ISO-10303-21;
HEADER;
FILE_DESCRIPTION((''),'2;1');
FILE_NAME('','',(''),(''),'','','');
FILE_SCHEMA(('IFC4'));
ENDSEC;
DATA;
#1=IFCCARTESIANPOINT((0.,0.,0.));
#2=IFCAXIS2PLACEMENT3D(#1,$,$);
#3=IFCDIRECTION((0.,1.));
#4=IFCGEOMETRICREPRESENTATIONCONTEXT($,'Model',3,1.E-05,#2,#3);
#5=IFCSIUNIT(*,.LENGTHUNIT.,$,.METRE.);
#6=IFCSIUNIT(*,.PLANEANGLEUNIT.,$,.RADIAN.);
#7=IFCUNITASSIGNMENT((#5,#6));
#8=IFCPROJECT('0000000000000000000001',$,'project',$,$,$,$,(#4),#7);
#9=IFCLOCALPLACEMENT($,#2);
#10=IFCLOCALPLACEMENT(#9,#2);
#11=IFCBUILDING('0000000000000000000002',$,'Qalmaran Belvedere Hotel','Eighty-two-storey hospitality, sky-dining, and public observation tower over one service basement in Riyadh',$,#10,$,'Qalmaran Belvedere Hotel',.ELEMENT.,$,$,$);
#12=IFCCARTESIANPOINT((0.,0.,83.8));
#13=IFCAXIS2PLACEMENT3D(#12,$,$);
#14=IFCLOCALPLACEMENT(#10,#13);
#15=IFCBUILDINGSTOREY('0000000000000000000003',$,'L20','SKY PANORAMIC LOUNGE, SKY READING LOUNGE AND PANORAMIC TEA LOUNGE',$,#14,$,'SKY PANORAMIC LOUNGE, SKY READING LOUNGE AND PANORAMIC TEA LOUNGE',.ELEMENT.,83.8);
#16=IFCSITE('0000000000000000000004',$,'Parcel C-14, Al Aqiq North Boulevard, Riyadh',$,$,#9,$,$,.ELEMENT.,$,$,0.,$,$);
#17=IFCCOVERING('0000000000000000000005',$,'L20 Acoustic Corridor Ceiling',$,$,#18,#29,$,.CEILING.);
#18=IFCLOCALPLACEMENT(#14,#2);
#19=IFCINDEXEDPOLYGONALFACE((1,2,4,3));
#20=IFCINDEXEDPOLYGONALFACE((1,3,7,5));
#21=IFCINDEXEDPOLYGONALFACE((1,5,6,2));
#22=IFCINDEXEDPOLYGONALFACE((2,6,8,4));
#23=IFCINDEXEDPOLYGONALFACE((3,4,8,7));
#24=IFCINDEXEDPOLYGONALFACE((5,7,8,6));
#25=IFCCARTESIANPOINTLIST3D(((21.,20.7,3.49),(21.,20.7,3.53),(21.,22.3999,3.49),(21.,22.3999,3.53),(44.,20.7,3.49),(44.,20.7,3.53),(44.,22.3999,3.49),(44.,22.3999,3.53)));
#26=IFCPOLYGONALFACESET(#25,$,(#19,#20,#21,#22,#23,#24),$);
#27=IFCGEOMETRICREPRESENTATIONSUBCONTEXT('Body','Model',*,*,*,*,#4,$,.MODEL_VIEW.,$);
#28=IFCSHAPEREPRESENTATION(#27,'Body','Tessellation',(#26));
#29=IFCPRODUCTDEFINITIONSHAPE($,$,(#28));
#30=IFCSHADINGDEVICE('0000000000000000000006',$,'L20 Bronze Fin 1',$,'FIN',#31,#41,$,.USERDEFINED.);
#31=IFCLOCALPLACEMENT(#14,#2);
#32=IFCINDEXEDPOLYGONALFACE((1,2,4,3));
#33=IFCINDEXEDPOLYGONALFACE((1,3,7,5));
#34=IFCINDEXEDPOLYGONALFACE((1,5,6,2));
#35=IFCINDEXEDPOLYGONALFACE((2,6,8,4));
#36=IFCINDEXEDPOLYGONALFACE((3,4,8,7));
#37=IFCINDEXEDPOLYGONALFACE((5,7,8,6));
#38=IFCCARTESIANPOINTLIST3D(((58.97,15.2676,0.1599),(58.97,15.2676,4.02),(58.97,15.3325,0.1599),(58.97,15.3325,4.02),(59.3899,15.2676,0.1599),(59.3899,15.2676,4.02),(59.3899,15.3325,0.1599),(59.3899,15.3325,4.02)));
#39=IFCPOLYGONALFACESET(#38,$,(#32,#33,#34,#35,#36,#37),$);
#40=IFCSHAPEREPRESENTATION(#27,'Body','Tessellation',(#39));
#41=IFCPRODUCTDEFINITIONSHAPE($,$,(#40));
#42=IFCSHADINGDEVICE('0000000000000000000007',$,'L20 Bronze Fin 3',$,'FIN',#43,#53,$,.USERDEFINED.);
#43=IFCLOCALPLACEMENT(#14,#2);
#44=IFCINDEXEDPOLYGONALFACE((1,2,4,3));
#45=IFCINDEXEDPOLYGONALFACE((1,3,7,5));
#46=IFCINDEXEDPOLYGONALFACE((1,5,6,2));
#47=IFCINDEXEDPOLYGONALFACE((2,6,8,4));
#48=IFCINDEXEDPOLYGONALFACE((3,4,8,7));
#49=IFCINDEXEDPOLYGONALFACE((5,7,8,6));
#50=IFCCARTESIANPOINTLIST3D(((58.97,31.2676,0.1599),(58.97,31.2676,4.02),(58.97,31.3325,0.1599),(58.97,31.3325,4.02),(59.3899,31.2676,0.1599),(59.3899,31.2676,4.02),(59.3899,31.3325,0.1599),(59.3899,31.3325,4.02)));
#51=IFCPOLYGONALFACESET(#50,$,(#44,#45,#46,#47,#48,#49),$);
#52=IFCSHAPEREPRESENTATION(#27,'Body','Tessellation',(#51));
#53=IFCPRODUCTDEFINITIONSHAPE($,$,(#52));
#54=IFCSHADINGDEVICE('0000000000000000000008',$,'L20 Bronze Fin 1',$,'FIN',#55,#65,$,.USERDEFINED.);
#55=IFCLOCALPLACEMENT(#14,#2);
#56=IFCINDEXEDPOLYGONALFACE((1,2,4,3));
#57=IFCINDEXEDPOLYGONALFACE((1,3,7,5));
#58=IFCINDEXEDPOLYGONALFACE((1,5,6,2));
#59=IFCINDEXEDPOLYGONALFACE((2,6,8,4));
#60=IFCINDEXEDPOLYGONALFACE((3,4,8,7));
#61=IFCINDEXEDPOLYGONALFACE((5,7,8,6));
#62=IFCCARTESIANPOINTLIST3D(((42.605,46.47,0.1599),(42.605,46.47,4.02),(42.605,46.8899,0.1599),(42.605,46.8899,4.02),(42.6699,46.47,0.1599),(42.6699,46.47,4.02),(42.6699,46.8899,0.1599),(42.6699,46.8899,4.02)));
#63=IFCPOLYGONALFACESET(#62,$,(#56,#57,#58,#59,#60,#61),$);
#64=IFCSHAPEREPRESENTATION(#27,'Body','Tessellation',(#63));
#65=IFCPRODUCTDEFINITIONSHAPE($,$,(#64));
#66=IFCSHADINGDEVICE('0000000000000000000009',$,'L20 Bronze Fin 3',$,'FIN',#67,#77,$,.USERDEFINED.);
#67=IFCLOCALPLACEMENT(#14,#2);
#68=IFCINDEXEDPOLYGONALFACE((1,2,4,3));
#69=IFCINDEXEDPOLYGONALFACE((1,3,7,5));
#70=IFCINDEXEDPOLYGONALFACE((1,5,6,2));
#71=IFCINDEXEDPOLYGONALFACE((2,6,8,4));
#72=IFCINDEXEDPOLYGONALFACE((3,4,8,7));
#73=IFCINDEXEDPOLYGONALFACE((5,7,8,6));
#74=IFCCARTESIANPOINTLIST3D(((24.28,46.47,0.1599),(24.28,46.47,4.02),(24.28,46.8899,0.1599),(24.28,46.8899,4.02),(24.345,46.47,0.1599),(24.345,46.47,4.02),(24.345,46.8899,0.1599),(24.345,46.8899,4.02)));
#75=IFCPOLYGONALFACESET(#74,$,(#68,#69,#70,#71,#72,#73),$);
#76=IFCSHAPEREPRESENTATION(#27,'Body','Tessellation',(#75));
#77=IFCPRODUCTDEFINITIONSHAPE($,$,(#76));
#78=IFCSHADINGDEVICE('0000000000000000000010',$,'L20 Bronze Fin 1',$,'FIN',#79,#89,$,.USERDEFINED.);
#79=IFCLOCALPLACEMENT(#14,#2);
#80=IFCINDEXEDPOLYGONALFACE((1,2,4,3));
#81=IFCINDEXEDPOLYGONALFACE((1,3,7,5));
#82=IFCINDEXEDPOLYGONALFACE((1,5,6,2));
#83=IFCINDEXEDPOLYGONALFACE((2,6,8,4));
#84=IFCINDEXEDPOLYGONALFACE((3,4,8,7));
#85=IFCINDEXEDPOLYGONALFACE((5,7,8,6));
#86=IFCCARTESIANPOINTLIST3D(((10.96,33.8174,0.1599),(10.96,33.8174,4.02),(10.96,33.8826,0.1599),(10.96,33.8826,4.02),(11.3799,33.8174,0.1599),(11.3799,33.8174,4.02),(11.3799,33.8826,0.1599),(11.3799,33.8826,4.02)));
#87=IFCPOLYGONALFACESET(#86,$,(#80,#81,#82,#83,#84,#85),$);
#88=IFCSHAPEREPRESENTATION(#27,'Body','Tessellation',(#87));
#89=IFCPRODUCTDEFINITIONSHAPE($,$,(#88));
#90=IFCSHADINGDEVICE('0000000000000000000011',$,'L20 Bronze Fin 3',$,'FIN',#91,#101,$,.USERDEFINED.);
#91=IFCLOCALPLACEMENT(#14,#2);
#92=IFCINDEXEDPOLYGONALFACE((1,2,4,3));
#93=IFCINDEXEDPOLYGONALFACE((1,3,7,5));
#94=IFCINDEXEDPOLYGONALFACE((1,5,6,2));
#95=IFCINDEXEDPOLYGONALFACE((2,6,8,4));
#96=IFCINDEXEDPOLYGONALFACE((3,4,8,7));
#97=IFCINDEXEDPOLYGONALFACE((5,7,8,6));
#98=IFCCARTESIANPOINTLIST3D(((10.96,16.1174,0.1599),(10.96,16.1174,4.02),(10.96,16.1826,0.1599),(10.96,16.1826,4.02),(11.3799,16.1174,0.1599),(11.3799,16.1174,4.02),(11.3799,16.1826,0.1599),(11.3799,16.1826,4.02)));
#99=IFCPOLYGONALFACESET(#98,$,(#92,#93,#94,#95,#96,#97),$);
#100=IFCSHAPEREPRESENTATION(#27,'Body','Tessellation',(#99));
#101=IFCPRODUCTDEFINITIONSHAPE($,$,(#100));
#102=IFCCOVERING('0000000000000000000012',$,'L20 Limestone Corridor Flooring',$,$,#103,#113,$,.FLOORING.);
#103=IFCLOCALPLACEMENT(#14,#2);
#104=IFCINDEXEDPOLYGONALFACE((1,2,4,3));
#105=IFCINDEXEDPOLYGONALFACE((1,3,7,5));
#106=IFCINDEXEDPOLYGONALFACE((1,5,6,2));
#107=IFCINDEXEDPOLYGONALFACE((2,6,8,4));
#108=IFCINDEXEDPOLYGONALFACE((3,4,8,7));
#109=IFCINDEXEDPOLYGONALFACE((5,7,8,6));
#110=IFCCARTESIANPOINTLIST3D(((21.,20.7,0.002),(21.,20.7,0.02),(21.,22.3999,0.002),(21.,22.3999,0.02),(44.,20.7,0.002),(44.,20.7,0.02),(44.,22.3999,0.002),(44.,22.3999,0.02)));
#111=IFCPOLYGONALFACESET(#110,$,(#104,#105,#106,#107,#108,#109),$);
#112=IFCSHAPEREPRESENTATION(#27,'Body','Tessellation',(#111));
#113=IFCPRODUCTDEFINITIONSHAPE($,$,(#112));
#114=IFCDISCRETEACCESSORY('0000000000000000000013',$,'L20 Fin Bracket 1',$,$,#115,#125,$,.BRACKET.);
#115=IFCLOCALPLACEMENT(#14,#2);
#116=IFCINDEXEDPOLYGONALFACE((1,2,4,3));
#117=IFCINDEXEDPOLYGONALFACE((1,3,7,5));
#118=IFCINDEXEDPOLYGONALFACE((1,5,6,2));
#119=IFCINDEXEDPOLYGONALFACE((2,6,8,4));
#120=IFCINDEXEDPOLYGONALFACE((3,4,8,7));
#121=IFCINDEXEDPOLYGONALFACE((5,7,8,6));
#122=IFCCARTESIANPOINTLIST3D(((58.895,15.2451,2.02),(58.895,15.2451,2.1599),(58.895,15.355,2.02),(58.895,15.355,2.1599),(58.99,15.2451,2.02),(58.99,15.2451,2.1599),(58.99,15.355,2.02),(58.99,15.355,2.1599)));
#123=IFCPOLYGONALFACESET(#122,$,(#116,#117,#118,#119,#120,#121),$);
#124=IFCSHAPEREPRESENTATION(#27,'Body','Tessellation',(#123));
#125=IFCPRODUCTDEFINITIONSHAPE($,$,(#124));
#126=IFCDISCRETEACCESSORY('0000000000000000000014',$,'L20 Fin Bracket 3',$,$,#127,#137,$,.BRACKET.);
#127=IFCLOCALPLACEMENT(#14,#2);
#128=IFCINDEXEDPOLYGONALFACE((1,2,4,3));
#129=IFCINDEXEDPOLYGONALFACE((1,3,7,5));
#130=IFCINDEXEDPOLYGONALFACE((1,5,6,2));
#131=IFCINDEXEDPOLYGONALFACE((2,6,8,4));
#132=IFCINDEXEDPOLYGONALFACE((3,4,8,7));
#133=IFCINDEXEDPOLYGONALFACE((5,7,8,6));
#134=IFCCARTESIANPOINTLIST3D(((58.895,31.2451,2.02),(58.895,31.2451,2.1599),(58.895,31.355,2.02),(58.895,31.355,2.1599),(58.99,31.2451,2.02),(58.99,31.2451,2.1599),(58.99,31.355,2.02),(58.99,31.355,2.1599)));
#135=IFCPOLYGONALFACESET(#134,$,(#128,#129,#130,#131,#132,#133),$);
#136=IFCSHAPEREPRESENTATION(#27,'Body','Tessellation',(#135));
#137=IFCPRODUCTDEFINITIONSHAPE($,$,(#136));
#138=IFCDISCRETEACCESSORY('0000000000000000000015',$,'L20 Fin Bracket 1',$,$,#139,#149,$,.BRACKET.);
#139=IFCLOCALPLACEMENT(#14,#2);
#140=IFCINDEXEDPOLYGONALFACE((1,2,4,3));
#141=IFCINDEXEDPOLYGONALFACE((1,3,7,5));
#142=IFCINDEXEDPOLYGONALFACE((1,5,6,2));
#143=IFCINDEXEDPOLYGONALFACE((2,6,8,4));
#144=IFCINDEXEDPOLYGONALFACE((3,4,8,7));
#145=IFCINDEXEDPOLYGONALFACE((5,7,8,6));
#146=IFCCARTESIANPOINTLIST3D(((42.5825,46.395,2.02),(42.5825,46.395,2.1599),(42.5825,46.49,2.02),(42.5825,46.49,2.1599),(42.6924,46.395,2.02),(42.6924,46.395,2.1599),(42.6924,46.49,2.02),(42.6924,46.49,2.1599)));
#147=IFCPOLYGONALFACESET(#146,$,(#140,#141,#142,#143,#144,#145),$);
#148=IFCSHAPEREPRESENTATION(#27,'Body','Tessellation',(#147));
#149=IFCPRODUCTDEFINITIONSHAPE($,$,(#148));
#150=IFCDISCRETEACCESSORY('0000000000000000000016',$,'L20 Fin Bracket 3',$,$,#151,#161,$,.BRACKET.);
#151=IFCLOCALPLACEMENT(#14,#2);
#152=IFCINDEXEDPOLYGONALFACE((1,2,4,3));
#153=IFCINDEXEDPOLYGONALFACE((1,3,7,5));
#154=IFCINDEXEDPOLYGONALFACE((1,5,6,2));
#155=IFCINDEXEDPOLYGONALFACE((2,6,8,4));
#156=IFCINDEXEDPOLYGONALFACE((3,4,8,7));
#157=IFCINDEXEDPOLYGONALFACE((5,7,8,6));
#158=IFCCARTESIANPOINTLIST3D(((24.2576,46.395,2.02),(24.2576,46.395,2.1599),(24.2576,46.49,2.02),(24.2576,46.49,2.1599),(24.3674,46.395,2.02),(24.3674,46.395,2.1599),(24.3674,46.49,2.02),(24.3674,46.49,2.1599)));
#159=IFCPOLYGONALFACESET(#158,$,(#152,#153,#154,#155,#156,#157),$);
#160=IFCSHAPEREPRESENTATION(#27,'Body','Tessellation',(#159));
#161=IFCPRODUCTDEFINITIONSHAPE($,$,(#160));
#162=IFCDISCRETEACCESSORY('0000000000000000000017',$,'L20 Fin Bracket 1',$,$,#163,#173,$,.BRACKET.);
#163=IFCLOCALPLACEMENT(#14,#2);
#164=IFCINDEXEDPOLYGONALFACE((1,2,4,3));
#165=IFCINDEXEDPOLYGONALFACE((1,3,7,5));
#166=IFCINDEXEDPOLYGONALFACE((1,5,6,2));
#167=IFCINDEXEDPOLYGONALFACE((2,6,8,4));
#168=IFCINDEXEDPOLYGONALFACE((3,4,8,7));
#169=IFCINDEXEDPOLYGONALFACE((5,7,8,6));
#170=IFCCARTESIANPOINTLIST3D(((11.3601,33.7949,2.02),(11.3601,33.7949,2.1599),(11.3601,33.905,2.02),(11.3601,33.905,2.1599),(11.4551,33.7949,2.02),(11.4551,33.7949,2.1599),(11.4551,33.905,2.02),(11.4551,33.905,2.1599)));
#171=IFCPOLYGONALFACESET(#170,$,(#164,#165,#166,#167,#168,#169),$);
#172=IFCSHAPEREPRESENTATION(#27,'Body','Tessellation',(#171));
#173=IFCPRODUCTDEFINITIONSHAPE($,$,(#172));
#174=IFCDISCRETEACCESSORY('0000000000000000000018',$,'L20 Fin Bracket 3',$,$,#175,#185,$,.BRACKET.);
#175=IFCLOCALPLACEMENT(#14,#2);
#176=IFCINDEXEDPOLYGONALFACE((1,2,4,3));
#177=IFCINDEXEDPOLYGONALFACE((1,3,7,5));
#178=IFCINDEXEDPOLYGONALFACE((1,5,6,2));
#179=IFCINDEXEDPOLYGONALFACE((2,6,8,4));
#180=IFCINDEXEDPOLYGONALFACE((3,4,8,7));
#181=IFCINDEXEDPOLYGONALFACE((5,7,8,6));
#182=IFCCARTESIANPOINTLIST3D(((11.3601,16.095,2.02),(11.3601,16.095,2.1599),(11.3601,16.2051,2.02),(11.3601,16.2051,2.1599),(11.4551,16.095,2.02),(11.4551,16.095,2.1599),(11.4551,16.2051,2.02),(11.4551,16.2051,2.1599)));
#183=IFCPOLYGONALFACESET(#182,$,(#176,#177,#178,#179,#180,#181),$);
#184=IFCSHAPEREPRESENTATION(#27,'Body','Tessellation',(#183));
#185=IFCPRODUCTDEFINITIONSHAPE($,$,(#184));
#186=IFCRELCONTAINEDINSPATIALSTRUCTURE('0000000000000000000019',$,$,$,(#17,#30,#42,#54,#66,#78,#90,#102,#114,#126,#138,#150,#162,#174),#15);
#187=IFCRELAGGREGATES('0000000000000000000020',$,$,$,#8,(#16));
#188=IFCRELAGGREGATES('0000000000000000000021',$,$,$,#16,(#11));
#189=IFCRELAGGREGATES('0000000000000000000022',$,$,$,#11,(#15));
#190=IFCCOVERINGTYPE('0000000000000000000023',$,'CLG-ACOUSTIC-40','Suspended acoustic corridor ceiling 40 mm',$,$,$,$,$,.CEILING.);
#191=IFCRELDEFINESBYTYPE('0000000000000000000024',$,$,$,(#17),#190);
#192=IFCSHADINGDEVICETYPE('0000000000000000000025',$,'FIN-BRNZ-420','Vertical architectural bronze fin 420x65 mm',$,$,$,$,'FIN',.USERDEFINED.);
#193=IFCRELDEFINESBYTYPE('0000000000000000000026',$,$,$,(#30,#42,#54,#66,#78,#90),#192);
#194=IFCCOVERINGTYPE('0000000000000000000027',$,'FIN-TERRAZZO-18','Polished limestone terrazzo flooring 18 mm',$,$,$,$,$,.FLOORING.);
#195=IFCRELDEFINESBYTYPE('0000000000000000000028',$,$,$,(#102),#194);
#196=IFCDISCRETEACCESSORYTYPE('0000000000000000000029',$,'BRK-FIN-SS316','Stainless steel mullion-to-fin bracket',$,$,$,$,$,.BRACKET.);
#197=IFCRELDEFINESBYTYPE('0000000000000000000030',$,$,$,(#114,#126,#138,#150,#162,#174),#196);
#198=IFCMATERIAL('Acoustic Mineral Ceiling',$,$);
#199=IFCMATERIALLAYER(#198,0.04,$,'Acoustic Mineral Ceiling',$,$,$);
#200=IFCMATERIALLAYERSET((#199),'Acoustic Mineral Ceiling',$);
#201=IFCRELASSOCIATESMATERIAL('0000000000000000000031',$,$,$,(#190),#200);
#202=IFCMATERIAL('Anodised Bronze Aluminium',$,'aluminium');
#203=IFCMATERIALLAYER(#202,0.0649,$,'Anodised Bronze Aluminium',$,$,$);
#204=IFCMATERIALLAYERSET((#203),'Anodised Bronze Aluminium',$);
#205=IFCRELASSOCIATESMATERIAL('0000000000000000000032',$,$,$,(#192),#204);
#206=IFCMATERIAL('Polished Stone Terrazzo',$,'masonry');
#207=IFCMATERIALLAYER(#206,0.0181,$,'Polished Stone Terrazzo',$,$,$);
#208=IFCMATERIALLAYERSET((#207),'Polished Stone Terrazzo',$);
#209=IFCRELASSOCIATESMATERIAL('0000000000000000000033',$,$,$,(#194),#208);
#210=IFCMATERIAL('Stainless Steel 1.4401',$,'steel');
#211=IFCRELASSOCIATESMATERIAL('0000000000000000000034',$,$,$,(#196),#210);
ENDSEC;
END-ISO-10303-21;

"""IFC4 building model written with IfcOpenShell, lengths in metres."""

from ifc_helpers import new_model, si_unit, direction, frame, origin, place, context, subcontext, project, spatial, polyline, outline, extrude, material, layer, layer_set, type_object, element, save


model = new_model("IFC4")

# Units and contexts
model_context = context("Model", 3, precision=1e-05, world=origin(), true_north=direction((0.0, 1.0)))
body_context = subcontext(model_context, "Body", "Model", "MODEL_VIEW")
ifc_project = project(units=[si_unit("LENGTHUNIT", "METRE"), si_unit("PLANEANGLEUNIT", "RADIAN")], contexts=[model_context])

# Site, building, storey
site_placement = place(None, origin())
site = spatial("IfcSite", under=ifc_project, at=site_placement, Name="Parcel C-14, Al Aqiq North Boulevard, Riyadh", CompositionType="ELEMENT", RefElevation=0.0)
building_placement = place(site_placement, origin())
building = spatial("IfcBuilding", under=site, at=building_placement, Name="Qalmaran Belvedere Hotel", Description="Eighty-two-storey hospitality, sky-dining, and public observation tower over one service basement in Riyadh", LongName="Qalmaran Belvedere Hotel", CompositionType="ELEMENT")
storey_placement = place(building_placement, frame((0.0, 0.0, 83.8)))
storey = spatial("IfcBuildingStorey", under=building, at=storey_placement, Name="L20", Description="SKY PANORAMIC LOUNGE, SKY READING LOUNGE AND PANORAMIC TEA LOUNGE", LongName="SKY PANORAMIC LOUNGE, SKY READING LOUNGE AND PANORAMIC TEA LOUNGE", CompositionType="ELEMENT", Elevation=83.8)

# Shared definitions
ifc_material_1 = material(Name="Anodised Bronze Aluminium", Category="aluminium")

# Covering
ifc_material_2 = material(Name="Acoustic Mineral Ceiling")
ifc_layer_1 = layer(ifc_material_2, 0.04, Name="Acoustic Mineral Ceiling")
ifc_layer_set_1 = layer_set([ifc_layer_1], Name="Acoustic Mineral Ceiling")
covering_type_1 = type_object("IfcCoveringType", Name="CLG-ACOUSTIC-40", Description="Suspended acoustic corridor ceiling 40 mm", PredefinedType="CEILING", material=ifc_layer_set_1)
covering_1_placement = place(storey_placement, frame((0.0, 0.0, 3.49)))
element("IfcCovering", 1, at=covering_1_placement, inside=storey, type_object=covering_type_1, Name="L20 Acoustic Corridor Ceiling", PredefinedType="CEILING", context=body_context, shape_type="SweptSolid", body=[
    extrude(outline(polyline([(21.0, 20.7), (44.0, 20.7), (44.0, 22.3999), (21.0, 22.3999), (21.0, 20.7)])), origin(), (0.0, 0.0, 1.0), 0.04),
])

# Shading devices
ifc_layer_2 = layer(ifc_material_1, 0.0649, Name="Anodised Bronze Aluminium")
ifc_layer_set_2 = layer_set([ifc_layer_2], Name="Anodised Bronze Aluminium")
shading_device_type = type_object("IfcShadingDeviceType", Name="FIN-BRNZ-420", Description="Vertical architectural bronze fin 420x65 mm", ElementType="FIN", PredefinedType="USERDEFINED", material=ifc_layer_set_2)
shading_device_1_placement = place(storey_placement, frame((0.0, 0.0, 0.1599)))
element("IfcShadingDevice", 2, at=shading_device_1_placement, inside=storey, type_object=shading_device_type, Name="L20 Bronze Fin 1", ObjectType="FIN", PredefinedType="USERDEFINED", context=body_context, shape_type="SweptSolid", body=[
    extrude(outline(polyline([(58.97, 15.2676), (59.3899, 15.2676), (59.3899, 15.3325), (58.97, 15.3325), (58.97, 15.2676)])), origin(), (0.0, 0.0, 1.0), 3.8601),
])
shading_device_2_placement = place(storey_placement, frame((0.0, 0.0, 0.1599)))
element("IfcShadingDevice", 3, at=shading_device_2_placement, inside=storey, type_object=shading_device_type, Name="L20 Bronze Fin 3", ObjectType="FIN", PredefinedType="USERDEFINED", context=body_context, shape_type="SweptSolid", body=[
    extrude(outline(polyline([(58.97, 31.2676), (59.3899, 31.2676), (59.3899, 31.3325), (58.97, 31.3325), (58.97, 31.2676)])), origin(), (0.0, 0.0, 1.0), 3.8601),
])
shading_device_3_placement = place(storey_placement, frame((0.0, 0.0, 0.1599)))
element("IfcShadingDevice", 4, at=shading_device_3_placement, inside=storey, type_object=shading_device_type, Name="L20 Bronze Fin 1", ObjectType="FIN", PredefinedType="USERDEFINED", context=body_context, shape_type="SweptSolid", body=[
    extrude(outline(polyline([(42.6699, 46.47), (42.6699, 46.8899), (42.605, 46.8899), (42.605, 46.47), (42.6699, 46.47)])), origin(), (0.0, 0.0, 1.0), 3.8601),
])
shading_device_4_placement = place(storey_placement, frame((0.0, 0.0, 0.1599)))
element("IfcShadingDevice", 5, at=shading_device_4_placement, inside=storey, type_object=shading_device_type, Name="L20 Bronze Fin 3", ObjectType="FIN", PredefinedType="USERDEFINED", context=body_context, shape_type="SweptSolid", body=[
    extrude(outline(polyline([(24.345, 46.47), (24.345, 46.8899), (24.28, 46.8899), (24.28, 46.47), (24.345, 46.47)])), origin(), (0.0, 0.0, 1.0), 3.8601),
])
shading_device_5_placement = place(storey_placement, frame((0.0, 0.0, 0.1599)))
element("IfcShadingDevice", 6, at=shading_device_5_placement, inside=storey, type_object=shading_device_type, Name="L20 Bronze Fin 1", ObjectType="FIN", PredefinedType="USERDEFINED", context=body_context, shape_type="SweptSolid", body=[
    extrude(outline(polyline([(11.3799, 33.8826), (10.96, 33.8826), (10.96, 33.8174), (11.3799, 33.8174), (11.3799, 33.8826)])), origin(), (0.0, 0.0, 1.0), 3.8601),
])
shading_device_6_placement = place(storey_placement, frame((0.0, 0.0, 0.1599)))
element("IfcShadingDevice", 7, at=shading_device_6_placement, inside=storey, type_object=shading_device_type, Name="L20 Bronze Fin 3", ObjectType="FIN", PredefinedType="USERDEFINED", context=body_context, shape_type="SweptSolid", body=[
    extrude(outline(polyline([(11.3799, 16.1826), (10.96, 16.1826), (10.96, 16.1174), (11.3799, 16.1174), (11.3799, 16.1826)])), origin(), (0.0, 0.0, 1.0), 3.8601),
])

# Covering
ifc_material_3 = material(Name="Polished Stone Terrazzo", Category="masonry")
ifc_layer_3 = layer(ifc_material_3, 0.0181, Name="Polished Stone Terrazzo")
ifc_layer_set_3 = layer_set([ifc_layer_3], Name="Polished Stone Terrazzo")
covering_type_2 = type_object("IfcCoveringType", Name="FIN-TERRAZZO-18", Description="Polished limestone terrazzo flooring 18 mm", PredefinedType="FLOORING", material=ifc_layer_set_3)
covering_2_placement = place(storey_placement, frame((0.0, 0.0, 0.002)))
element("IfcCovering", 8, at=covering_2_placement, inside=storey, type_object=covering_type_2, Name="L20 Limestone Corridor Flooring", PredefinedType="FLOORING", context=body_context, shape_type="SweptSolid", body=[
    extrude(outline(polyline([(21.0, 20.7), (44.0, 20.7), (44.0, 22.3999), (21.0, 22.3999), (21.0, 20.7)])), origin(), (0.0, 0.0, 1.0), 0.0181),
])

# Discrete accessories
ifc_material_4 = material(Name="Stainless Steel 1.4401", Category="steel")
discrete_accessory_type = type_object("IfcDiscreteAccessoryType", Name="BRK-FIN-SS316", Description="Stainless steel mullion-to-fin bracket", PredefinedType="BRACKET", material=ifc_material_4)
discrete_accessory_1_placement = place(storey_placement, frame((0.0, 0.0, 2.02)))
element("IfcDiscreteAccessory", 9, at=discrete_accessory_1_placement, inside=storey, type_object=discrete_accessory_type, Name="L20 Fin Bracket 1", PredefinedType="BRACKET", context=body_context, shape_type="SweptSolid", body=[
    extrude(outline(polyline([(58.895, 15.2451), (58.99, 15.2451), (58.99, 15.355), (58.895, 15.355), (58.895, 15.2451)])), origin(), (0.0, 0.0, 1.0), 0.1399),
])
discrete_accessory_2_placement = place(storey_placement, frame((0.0, 0.0, 2.02)))
element("IfcDiscreteAccessory", 10, at=discrete_accessory_2_placement, inside=storey, type_object=discrete_accessory_type, Name="L20 Fin Bracket 3", PredefinedType="BRACKET", context=body_context, shape_type="SweptSolid", body=[
    extrude(outline(polyline([(58.895, 31.2451), (58.99, 31.2451), (58.99, 31.355), (58.895, 31.355), (58.895, 31.2451)])), origin(), (0.0, 0.0, 1.0), 0.1399),
])
discrete_accessory_3_placement = place(storey_placement, frame((0.0, 0.0, 2.02)))
element("IfcDiscreteAccessory", 11, at=discrete_accessory_3_placement, inside=storey, type_object=discrete_accessory_type, Name="L20 Fin Bracket 1", PredefinedType="BRACKET", context=body_context, shape_type="SweptSolid", body=[
    extrude(outline(polyline([(42.6924, 46.395), (42.6924, 46.49), (42.5825, 46.49), (42.5825, 46.395), (42.6924, 46.395)])), origin(), (0.0, 0.0, 1.0), 0.1399),
])
discrete_accessory_4_placement = place(storey_placement, frame((0.0, 0.0, 2.02)))
element("IfcDiscreteAccessory", 12, at=discrete_accessory_4_placement, inside=storey, type_object=discrete_accessory_type, Name="L20 Fin Bracket 3", PredefinedType="BRACKET", context=body_context, shape_type="SweptSolid", body=[
    extrude(outline(polyline([(24.3674, 46.395), (24.3674, 46.49), (24.2576, 46.49), (24.2576, 46.395), (24.3674, 46.395)])), origin(), (0.0, 0.0, 1.0), 0.1399),
])
discrete_accessory_5_placement = place(storey_placement, frame((0.0, 0.0, 2.02)))
element("IfcDiscreteAccessory", 13, at=discrete_accessory_5_placement, inside=storey, type_object=discrete_accessory_type, Name="L20 Fin Bracket 1", PredefinedType="BRACKET", context=body_context, shape_type="SweptSolid", body=[
    extrude(outline(polyline([(11.4551, 33.905), (11.3601, 33.905), (11.3601, 33.7949), (11.4551, 33.7949), (11.4551, 33.905)])), origin(), (0.0, 0.0, 1.0), 0.1399),
])
discrete_accessory_6_placement = place(storey_placement, frame((0.0, 0.0, 2.02)))
element("IfcDiscreteAccessory", 14, at=discrete_accessory_6_placement, inside=storey, type_object=discrete_accessory_type, Name="L20 Fin Bracket 3", PredefinedType="BRACKET", context=body_context, shape_type="SweptSolid", body=[
    extrude(outline(polyline([(11.4551, 16.2051), (11.3601, 16.2051), (11.3601, 16.095), (11.4551, 16.095), (11.4551, 16.2051)])), origin(), (0.0, 0.0, 1.0), 0.1399),
])

save(model, "model.ifc")
